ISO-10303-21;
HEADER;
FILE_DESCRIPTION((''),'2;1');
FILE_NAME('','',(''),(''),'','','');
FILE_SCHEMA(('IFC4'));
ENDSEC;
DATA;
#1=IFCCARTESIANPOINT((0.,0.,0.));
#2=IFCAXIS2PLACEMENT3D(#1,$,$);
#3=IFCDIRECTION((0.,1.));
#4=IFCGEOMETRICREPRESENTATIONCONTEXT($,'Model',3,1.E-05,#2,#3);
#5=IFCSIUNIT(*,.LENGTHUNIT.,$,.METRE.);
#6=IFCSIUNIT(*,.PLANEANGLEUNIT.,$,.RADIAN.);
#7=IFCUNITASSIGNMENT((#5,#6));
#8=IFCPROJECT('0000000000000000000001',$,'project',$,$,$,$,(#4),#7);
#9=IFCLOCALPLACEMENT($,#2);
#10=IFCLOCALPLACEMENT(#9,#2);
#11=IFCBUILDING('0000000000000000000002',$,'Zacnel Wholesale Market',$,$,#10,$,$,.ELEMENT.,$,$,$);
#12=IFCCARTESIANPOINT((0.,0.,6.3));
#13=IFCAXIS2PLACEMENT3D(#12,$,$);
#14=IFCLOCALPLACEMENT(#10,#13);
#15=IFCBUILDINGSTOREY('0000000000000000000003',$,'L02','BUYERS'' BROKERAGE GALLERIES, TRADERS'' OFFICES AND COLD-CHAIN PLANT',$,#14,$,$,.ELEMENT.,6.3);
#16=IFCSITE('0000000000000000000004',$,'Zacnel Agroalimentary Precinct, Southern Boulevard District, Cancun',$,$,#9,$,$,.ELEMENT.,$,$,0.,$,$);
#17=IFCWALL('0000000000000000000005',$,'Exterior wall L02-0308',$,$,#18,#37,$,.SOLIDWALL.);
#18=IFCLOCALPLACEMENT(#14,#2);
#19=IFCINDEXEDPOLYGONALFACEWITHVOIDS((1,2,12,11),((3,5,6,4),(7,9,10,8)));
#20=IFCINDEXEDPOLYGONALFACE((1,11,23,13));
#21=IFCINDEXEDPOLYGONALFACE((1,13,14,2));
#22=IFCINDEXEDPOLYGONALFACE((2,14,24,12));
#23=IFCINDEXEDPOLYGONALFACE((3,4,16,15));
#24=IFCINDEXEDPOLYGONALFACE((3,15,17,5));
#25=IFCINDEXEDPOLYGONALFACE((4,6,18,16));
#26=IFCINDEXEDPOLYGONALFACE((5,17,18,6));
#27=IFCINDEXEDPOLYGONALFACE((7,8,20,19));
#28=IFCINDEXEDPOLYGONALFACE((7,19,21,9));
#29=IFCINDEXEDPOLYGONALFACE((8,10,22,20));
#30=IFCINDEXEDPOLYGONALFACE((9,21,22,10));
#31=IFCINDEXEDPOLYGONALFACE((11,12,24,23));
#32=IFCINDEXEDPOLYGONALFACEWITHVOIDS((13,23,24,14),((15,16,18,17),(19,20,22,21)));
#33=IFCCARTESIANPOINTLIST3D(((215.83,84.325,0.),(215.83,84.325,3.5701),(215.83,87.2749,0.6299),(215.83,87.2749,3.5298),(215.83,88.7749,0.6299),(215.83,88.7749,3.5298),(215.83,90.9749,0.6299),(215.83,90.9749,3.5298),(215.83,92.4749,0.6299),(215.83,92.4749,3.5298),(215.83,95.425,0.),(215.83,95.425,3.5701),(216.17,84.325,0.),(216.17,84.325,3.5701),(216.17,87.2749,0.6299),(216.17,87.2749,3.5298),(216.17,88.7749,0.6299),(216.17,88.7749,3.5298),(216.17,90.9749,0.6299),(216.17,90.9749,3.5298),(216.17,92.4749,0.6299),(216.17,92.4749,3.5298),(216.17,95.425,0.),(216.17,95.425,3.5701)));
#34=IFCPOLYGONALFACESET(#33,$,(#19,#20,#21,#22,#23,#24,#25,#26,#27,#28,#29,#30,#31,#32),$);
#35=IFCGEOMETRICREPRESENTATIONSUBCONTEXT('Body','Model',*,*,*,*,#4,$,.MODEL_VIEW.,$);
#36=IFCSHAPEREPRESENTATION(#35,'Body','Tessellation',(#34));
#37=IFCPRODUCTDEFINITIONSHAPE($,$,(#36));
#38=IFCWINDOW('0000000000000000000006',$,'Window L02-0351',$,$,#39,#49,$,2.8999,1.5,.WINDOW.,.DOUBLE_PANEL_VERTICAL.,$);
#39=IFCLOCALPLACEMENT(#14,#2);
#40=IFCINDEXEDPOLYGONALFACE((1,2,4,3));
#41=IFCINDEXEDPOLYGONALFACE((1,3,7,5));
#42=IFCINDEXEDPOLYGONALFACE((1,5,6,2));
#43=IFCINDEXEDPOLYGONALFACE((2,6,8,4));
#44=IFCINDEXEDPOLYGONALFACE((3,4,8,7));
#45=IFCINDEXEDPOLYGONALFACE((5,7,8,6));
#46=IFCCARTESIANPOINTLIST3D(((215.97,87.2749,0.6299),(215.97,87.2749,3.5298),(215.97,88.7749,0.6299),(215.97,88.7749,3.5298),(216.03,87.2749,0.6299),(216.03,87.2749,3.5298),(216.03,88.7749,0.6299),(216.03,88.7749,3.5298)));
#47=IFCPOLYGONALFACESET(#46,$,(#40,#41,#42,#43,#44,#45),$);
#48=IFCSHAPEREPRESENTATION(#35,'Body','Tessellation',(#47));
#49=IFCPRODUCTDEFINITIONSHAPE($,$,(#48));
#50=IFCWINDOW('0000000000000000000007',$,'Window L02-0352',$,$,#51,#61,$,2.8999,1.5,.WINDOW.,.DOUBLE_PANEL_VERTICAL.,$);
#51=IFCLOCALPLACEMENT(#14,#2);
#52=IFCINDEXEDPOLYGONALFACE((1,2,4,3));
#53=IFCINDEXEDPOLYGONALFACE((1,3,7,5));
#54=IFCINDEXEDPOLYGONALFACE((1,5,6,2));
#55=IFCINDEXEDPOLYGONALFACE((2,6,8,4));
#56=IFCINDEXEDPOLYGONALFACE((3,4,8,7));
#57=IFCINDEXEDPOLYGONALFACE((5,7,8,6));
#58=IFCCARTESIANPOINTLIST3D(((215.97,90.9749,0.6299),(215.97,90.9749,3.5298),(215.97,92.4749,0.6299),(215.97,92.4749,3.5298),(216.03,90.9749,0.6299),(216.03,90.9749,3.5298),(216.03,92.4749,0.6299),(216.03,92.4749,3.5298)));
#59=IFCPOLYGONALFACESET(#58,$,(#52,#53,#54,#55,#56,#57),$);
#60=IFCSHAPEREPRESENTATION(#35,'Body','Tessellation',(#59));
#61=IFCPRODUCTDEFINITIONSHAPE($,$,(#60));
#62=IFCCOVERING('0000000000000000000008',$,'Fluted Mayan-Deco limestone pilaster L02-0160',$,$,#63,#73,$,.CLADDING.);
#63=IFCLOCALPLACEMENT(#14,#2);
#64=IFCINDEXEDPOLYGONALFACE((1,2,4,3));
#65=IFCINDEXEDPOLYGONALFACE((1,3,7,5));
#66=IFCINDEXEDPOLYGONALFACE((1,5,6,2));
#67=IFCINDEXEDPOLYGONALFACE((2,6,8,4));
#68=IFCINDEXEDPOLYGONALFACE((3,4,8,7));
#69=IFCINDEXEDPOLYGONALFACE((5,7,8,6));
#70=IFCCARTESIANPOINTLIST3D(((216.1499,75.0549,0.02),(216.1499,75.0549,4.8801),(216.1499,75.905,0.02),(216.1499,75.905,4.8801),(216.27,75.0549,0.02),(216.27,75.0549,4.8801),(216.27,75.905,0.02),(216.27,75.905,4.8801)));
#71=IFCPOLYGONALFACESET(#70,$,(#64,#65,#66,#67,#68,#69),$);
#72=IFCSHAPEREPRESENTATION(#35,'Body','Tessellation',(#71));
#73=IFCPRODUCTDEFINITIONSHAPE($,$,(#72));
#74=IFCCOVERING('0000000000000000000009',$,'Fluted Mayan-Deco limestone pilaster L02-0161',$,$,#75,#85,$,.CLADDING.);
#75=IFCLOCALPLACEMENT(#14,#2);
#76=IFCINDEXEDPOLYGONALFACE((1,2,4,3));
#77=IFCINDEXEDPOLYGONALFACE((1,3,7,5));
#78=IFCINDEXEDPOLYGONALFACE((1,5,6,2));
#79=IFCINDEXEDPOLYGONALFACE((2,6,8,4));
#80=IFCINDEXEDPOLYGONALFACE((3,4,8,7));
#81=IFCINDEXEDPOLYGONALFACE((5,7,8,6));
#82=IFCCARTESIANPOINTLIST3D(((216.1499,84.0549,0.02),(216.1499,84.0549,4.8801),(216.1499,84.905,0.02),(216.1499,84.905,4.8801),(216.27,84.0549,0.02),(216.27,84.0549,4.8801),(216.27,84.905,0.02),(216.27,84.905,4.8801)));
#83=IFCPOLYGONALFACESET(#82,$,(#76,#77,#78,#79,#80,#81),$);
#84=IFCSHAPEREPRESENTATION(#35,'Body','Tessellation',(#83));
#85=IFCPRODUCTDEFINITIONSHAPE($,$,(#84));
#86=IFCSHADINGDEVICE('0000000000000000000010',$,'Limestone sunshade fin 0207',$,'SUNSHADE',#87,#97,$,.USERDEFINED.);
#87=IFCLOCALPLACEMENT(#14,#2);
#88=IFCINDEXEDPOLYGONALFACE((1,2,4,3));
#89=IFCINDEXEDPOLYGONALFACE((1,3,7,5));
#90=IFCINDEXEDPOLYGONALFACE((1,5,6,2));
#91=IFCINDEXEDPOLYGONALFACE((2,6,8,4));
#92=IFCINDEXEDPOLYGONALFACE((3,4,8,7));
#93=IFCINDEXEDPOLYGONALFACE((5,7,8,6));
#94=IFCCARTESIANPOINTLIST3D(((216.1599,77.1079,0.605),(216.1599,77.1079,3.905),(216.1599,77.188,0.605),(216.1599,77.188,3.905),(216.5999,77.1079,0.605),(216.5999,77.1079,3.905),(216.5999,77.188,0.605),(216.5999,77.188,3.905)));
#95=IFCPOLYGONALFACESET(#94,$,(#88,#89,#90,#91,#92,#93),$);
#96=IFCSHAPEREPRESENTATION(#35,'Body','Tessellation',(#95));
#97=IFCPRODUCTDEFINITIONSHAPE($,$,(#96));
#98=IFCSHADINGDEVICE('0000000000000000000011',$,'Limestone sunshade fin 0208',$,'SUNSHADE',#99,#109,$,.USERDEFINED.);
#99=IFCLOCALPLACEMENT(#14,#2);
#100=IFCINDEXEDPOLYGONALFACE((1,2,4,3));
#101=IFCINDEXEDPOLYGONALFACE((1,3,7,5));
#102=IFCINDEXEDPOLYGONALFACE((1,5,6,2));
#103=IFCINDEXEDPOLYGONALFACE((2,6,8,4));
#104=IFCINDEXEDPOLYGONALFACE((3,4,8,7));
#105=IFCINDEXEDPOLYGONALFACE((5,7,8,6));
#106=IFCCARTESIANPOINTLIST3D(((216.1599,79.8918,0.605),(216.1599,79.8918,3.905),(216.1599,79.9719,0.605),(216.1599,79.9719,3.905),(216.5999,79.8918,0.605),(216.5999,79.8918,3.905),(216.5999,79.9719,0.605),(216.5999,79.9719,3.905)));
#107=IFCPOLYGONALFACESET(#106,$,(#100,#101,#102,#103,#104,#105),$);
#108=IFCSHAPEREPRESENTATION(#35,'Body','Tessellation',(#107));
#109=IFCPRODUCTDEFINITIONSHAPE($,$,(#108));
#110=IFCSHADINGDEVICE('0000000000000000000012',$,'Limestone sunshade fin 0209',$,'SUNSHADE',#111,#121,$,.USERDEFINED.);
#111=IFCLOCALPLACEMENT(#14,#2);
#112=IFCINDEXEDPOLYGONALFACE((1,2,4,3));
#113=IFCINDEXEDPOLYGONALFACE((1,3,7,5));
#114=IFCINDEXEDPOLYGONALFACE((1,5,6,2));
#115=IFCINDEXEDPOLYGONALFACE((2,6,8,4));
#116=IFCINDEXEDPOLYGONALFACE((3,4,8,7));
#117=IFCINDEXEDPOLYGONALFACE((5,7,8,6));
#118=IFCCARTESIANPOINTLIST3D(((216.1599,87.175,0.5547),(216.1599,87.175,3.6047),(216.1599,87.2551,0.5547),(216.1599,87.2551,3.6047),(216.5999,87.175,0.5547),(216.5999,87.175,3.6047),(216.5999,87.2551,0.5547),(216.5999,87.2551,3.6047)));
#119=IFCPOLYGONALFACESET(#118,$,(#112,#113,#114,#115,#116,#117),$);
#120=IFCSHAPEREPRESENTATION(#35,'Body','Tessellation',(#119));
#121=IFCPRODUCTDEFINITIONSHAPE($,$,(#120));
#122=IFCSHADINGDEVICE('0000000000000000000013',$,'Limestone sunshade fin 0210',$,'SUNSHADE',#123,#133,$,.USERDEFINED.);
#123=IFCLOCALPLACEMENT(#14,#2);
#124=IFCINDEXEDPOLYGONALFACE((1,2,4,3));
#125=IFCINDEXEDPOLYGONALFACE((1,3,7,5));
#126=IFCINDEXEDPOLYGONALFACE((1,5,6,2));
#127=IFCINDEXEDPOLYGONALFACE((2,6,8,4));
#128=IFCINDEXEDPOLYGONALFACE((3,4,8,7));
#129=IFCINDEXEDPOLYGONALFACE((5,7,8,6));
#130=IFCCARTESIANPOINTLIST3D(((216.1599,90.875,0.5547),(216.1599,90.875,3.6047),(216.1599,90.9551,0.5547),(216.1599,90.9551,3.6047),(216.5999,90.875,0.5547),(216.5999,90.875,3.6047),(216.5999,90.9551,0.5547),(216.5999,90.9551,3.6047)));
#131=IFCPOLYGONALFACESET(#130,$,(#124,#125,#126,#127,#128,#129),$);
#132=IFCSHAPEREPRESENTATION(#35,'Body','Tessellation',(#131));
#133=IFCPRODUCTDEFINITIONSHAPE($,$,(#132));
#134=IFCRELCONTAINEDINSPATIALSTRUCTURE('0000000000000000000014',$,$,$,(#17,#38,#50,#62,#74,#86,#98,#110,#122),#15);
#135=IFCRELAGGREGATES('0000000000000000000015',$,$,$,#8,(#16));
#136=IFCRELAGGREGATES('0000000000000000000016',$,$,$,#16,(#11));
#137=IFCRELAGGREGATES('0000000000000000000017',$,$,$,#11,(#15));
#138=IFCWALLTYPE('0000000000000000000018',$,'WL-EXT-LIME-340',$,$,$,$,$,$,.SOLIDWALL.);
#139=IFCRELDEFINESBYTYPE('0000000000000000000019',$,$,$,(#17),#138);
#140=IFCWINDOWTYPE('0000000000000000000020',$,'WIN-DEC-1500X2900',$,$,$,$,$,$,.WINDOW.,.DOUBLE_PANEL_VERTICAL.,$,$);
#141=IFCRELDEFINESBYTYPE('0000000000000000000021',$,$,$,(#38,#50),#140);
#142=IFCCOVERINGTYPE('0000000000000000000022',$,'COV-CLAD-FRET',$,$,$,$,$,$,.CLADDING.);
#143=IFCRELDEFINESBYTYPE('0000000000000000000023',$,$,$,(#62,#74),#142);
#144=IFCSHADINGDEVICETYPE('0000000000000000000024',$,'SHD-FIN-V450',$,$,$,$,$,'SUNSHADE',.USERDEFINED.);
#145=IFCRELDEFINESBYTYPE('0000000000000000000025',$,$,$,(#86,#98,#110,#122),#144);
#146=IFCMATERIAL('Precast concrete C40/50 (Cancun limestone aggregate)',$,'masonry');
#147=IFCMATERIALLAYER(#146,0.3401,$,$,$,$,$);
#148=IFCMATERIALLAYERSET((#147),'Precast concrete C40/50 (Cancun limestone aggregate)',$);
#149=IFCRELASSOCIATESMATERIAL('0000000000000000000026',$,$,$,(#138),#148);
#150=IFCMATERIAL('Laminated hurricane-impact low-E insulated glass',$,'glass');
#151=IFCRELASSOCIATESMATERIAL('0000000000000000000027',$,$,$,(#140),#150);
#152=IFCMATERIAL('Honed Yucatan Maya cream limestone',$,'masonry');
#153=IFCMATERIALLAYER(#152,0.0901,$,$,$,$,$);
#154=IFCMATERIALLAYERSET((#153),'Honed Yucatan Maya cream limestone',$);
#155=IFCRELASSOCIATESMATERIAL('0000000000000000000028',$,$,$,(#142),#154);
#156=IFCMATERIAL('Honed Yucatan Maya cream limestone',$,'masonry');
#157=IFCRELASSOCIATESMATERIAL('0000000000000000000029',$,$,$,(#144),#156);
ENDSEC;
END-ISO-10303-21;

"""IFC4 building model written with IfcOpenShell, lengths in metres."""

from ifc_helpers import new_model, si_unit, direction, frame, frame_2d, origin, origin_2d, place, context, subcontext, project, spatial, rectangle, extrude, material, layer, layer_set, type_object, element, fill, save


model = new_model("IFC4")

# Units and contexts
model_context = context("Model", 3, precision=1e-05, world=origin(), true_north=direction((0.0, 1.0)))
body_context = subcontext(model_context, "Body", "Model", "MODEL_VIEW")
ifc_project = project(units=[si_unit("LENGTHUNIT", "METRE"), si_unit("PLANEANGLEUNIT", "RADIAN")], contexts=[model_context])

# Site, building, storey
site_placement = place(None, origin())
site = spatial("IfcSite", under=ifc_project, at=site_placement, Name="Zacnel Agroalimentary Precinct, Southern Boulevard District, Cancun", CompositionType="ELEMENT", RefElevation=0.0)
building_placement = place(site_placement, origin())
building = spatial("IfcBuilding", under=site, at=building_placement, Name="Zacnel Wholesale Market", CompositionType="ELEMENT")
storey_placement = place(building_placement, frame((0.0, 0.0, 6.3)))
storey = spatial("IfcBuildingStorey", under=building, at=storey_placement, Name="L02", Description="BUYERS' BROKERAGE GALLERIES, TRADERS' OFFICES AND COLD-CHAIN PLANT", CompositionType="ELEMENT", Elevation=6.3)

# Wall, openings, windows
ifc_material_1 = material(Name="Precast concrete C40/50 (Cancun limestone aggregate)", Category="masonry")
ifc_layer_1 = layer(ifc_material_1, 0.3401)
ifc_layer_set_1 = layer_set([ifc_layer_1], Name="Precast concrete C40/50 (Cancun limestone aggregate)")
wall_type = type_object("IfcWallType", Name="WL-EXT-LIME-340", PredefinedType="SOLIDWALL", material=ifc_layer_set_1)
wall_1_placement = place(storey_placement, frame((216.0, 84.325, 0.0), z_axis=(0.0, 0.0, 1.0), x_axis=(0.0, 1.0, 0.0)))
wall_1 = element("IfcWall", 1, at=wall_1_placement, inside=storey, type_object=wall_type, Name="Exterior wall L02-0308", PredefinedType="SOLIDWALL", context=body_context, shape_type="SweptSolid", body=[
    extrude(rectangle(XDim=11.1001, YDim=0.3401, at=frame_2d((5.55, 0.0))), origin(), (0.0, 0.0, 1.0), 3.5701),
])
opening_1_placement = place(wall_1_placement, frame((2.95, 0.0, 0.6299)))
opening_1 = element("IfcOpeningElement", 2, at=opening_1_placement, cuts=wall_1, PredefinedType="OPENING", context=body_context, shape_type="SweptSolid", body=[
    extrude(rectangle(XDim=1.5, YDim=2.8999, at=frame_2d((0.75, 1.45))), frame((0.0, 0.1799, 0.0), z_axis=(0.0, -1.0, 0.0), x_axis=(1.0, 0.0, 0.0)), (0.0, 0.0, 1.0), 0.3601),
])
opening_2_placement = place(wall_1_placement, frame((6.6499, 0.0, 0.6299)))
opening_2 = element("IfcOpeningElement", 3, at=opening_2_placement, cuts=wall_1, PredefinedType="OPENING", context=body_context, shape_type="SweptSolid", body=[
    extrude(rectangle(XDim=1.5, YDim=2.8999, at=frame_2d((0.75, 1.45))), frame((0.0, 0.1799, 0.0), z_axis=(0.0, -1.0, 0.0), x_axis=(1.0, 0.0, 0.0)), (0.0, 0.0, 1.0), 0.3601),
])
ifc_material_2 = material(Name="Laminated hurricane-impact low-E insulated glass", Category="glass")
window_type_1 = type_object("IfcWindowType", Name="WIN-DEC-1500X2900", PartitioningType="DOUBLE_PANEL_VERTICAL", PredefinedType="WINDOW", material=ifc_material_2)
window_1_placement = place(opening_1_placement, origin())
window_1 = element("IfcWindow", 4, at=window_1_placement, inside=storey, type_object=window_type_1, Name="Window L02-0351", OverallHeight=2.8999, OverallWidth=1.5, PartitioningType="DOUBLE_PANEL_VERTICAL", PredefinedType="WINDOW", context=body_context, shape_type="SweptSolid", body=[
    extrude(rectangle(XDim=1.5, YDim=2.8999, at=frame_2d((0.75, 1.45))), frame((0.0, 0.03, 0.0), z_axis=(0.0, -1.0, 0.0), x_axis=(1.0, 0.0, 0.0)), (0.0, 0.0, 1.0), 0.0601),
])
fill(opening_1, window_1)
window_2_placement = place(opening_2_placement, origin())
window_2 = element("IfcWindow", 5, at=window_2_placement, inside=storey, type_object=window_type_1, Name="Window L02-0352", OverallHeight=2.8999, OverallWidth=1.5, PartitioningType="DOUBLE_PANEL_VERTICAL", PredefinedType="WINDOW", context=body_context, shape_type="SweptSolid", body=[
    extrude(rectangle(XDim=1.5, YDim=2.8999, at=frame_2d((0.75, 1.45))), frame((0.0, 0.03, 0.0), z_axis=(0.0, -1.0, 0.0), x_axis=(1.0, 0.0, 0.0)), (0.0, 0.0, 1.0), 0.0601),
])
fill(opening_2, window_2)

# Coverings
ifc_material_3 = material(Name="Honed Yucatan Maya cream limestone", Category="masonry")
ifc_layer_2 = layer(ifc_material_3, 0.0901)
ifc_layer_set_2 = layer_set([ifc_layer_2], Name="Honed Yucatan Maya cream limestone")
covering_type = type_object("IfcCoveringType", Name="COV-CLAD-FRET", PredefinedType="CLADDING", material=ifc_layer_set_2)
for number, where, z_axis, x_axis, name in (
    (6, (216.21, 75.48, 0.02), (0.0, 0.0, 1.0), (0.0, 1.0, 0.0), "Fluted Mayan-Deco limestone pilaster L02-0160"),
    (7, (216.21, 84.48, 0.02), (0.0, 0.0, 1.0), (0.0, 1.0, 0.0), "Fluted Mayan-Deco limestone pilaster L02-0161"),
):
    element("IfcCovering", number, at=place(storey_placement, frame(where, z_axis=z_axis, x_axis=x_axis)), inside=storey, type_object=covering_type, Name=name, PredefinedType="CLADDING", context=body_context, shape_type="SweptSolid", body=[
        extrude(rectangle(XDim=0.8501, YDim=0.1201, at=origin_2d()), origin(), (0.0, 0.0, 1.0), 4.8601),
    ])

# Shading devices
ifc_material_4 = material(Name="Honed Yucatan Maya cream limestone", Category="masonry")
shading_device_type = type_object("IfcShadingDeviceType", Name="SHD-FIN-V450", ElementType="SUNSHADE", PredefinedType="USERDEFINED", material=ifc_material_4)
for number, where, z_axis, x_axis, name in (
    (8, (216.3799, 77.1479, 0.605), (0.0, 0.0, 1.0), (0.0, 1.0, 0.0), "Limestone sunshade fin 0207"),
    (9, (216.3799, 79.9319, 0.605), (0.0, 0.0, 1.0), (0.0, 1.0, 0.0), "Limestone sunshade fin 0208"),
):
    element("IfcShadingDevice", number, at=place(storey_placement, frame(where, z_axis=z_axis, x_axis=x_axis)), inside=storey, type_object=shading_device_type, Name=name, ObjectType="SUNSHADE", PredefinedType="USERDEFINED", context=body_context, shape_type="SweptSolid", body=[
        extrude(rectangle(XDim=0.0801, YDim=0.4399, at=origin_2d()), origin(), (0.0, 0.0, 1.0), 3.3),
    ])
for number, where, z_axis, x_axis, name in (
    (10, (216.3799, 87.2151, 0.5547), (0.0, 0.0, 1.0), (0.0, 1.0, 0.0), "Limestone sunshade fin 0209"),
    (11, (216.3799, 90.915, 0.5547), (0.0, 0.0, 1.0), (0.0, 1.0, 0.0), "Limestone sunshade fin 0210"),
):
    element("IfcShadingDevice", number, at=place(storey_placement, frame(where, z_axis=z_axis, x_axis=x_axis)), inside=storey, type_object=shading_device_type, Name=name, ObjectType="SUNSHADE", PredefinedType="USERDEFINED", context=body_context, shape_type="SweptSolid", body=[
        extrude(rectangle(XDim=0.0801, YDim=0.4399, at=origin_2d()), origin(), (0.0, 0.0, 1.0), 3.05),
    ])

save(model, "model.ifc")
